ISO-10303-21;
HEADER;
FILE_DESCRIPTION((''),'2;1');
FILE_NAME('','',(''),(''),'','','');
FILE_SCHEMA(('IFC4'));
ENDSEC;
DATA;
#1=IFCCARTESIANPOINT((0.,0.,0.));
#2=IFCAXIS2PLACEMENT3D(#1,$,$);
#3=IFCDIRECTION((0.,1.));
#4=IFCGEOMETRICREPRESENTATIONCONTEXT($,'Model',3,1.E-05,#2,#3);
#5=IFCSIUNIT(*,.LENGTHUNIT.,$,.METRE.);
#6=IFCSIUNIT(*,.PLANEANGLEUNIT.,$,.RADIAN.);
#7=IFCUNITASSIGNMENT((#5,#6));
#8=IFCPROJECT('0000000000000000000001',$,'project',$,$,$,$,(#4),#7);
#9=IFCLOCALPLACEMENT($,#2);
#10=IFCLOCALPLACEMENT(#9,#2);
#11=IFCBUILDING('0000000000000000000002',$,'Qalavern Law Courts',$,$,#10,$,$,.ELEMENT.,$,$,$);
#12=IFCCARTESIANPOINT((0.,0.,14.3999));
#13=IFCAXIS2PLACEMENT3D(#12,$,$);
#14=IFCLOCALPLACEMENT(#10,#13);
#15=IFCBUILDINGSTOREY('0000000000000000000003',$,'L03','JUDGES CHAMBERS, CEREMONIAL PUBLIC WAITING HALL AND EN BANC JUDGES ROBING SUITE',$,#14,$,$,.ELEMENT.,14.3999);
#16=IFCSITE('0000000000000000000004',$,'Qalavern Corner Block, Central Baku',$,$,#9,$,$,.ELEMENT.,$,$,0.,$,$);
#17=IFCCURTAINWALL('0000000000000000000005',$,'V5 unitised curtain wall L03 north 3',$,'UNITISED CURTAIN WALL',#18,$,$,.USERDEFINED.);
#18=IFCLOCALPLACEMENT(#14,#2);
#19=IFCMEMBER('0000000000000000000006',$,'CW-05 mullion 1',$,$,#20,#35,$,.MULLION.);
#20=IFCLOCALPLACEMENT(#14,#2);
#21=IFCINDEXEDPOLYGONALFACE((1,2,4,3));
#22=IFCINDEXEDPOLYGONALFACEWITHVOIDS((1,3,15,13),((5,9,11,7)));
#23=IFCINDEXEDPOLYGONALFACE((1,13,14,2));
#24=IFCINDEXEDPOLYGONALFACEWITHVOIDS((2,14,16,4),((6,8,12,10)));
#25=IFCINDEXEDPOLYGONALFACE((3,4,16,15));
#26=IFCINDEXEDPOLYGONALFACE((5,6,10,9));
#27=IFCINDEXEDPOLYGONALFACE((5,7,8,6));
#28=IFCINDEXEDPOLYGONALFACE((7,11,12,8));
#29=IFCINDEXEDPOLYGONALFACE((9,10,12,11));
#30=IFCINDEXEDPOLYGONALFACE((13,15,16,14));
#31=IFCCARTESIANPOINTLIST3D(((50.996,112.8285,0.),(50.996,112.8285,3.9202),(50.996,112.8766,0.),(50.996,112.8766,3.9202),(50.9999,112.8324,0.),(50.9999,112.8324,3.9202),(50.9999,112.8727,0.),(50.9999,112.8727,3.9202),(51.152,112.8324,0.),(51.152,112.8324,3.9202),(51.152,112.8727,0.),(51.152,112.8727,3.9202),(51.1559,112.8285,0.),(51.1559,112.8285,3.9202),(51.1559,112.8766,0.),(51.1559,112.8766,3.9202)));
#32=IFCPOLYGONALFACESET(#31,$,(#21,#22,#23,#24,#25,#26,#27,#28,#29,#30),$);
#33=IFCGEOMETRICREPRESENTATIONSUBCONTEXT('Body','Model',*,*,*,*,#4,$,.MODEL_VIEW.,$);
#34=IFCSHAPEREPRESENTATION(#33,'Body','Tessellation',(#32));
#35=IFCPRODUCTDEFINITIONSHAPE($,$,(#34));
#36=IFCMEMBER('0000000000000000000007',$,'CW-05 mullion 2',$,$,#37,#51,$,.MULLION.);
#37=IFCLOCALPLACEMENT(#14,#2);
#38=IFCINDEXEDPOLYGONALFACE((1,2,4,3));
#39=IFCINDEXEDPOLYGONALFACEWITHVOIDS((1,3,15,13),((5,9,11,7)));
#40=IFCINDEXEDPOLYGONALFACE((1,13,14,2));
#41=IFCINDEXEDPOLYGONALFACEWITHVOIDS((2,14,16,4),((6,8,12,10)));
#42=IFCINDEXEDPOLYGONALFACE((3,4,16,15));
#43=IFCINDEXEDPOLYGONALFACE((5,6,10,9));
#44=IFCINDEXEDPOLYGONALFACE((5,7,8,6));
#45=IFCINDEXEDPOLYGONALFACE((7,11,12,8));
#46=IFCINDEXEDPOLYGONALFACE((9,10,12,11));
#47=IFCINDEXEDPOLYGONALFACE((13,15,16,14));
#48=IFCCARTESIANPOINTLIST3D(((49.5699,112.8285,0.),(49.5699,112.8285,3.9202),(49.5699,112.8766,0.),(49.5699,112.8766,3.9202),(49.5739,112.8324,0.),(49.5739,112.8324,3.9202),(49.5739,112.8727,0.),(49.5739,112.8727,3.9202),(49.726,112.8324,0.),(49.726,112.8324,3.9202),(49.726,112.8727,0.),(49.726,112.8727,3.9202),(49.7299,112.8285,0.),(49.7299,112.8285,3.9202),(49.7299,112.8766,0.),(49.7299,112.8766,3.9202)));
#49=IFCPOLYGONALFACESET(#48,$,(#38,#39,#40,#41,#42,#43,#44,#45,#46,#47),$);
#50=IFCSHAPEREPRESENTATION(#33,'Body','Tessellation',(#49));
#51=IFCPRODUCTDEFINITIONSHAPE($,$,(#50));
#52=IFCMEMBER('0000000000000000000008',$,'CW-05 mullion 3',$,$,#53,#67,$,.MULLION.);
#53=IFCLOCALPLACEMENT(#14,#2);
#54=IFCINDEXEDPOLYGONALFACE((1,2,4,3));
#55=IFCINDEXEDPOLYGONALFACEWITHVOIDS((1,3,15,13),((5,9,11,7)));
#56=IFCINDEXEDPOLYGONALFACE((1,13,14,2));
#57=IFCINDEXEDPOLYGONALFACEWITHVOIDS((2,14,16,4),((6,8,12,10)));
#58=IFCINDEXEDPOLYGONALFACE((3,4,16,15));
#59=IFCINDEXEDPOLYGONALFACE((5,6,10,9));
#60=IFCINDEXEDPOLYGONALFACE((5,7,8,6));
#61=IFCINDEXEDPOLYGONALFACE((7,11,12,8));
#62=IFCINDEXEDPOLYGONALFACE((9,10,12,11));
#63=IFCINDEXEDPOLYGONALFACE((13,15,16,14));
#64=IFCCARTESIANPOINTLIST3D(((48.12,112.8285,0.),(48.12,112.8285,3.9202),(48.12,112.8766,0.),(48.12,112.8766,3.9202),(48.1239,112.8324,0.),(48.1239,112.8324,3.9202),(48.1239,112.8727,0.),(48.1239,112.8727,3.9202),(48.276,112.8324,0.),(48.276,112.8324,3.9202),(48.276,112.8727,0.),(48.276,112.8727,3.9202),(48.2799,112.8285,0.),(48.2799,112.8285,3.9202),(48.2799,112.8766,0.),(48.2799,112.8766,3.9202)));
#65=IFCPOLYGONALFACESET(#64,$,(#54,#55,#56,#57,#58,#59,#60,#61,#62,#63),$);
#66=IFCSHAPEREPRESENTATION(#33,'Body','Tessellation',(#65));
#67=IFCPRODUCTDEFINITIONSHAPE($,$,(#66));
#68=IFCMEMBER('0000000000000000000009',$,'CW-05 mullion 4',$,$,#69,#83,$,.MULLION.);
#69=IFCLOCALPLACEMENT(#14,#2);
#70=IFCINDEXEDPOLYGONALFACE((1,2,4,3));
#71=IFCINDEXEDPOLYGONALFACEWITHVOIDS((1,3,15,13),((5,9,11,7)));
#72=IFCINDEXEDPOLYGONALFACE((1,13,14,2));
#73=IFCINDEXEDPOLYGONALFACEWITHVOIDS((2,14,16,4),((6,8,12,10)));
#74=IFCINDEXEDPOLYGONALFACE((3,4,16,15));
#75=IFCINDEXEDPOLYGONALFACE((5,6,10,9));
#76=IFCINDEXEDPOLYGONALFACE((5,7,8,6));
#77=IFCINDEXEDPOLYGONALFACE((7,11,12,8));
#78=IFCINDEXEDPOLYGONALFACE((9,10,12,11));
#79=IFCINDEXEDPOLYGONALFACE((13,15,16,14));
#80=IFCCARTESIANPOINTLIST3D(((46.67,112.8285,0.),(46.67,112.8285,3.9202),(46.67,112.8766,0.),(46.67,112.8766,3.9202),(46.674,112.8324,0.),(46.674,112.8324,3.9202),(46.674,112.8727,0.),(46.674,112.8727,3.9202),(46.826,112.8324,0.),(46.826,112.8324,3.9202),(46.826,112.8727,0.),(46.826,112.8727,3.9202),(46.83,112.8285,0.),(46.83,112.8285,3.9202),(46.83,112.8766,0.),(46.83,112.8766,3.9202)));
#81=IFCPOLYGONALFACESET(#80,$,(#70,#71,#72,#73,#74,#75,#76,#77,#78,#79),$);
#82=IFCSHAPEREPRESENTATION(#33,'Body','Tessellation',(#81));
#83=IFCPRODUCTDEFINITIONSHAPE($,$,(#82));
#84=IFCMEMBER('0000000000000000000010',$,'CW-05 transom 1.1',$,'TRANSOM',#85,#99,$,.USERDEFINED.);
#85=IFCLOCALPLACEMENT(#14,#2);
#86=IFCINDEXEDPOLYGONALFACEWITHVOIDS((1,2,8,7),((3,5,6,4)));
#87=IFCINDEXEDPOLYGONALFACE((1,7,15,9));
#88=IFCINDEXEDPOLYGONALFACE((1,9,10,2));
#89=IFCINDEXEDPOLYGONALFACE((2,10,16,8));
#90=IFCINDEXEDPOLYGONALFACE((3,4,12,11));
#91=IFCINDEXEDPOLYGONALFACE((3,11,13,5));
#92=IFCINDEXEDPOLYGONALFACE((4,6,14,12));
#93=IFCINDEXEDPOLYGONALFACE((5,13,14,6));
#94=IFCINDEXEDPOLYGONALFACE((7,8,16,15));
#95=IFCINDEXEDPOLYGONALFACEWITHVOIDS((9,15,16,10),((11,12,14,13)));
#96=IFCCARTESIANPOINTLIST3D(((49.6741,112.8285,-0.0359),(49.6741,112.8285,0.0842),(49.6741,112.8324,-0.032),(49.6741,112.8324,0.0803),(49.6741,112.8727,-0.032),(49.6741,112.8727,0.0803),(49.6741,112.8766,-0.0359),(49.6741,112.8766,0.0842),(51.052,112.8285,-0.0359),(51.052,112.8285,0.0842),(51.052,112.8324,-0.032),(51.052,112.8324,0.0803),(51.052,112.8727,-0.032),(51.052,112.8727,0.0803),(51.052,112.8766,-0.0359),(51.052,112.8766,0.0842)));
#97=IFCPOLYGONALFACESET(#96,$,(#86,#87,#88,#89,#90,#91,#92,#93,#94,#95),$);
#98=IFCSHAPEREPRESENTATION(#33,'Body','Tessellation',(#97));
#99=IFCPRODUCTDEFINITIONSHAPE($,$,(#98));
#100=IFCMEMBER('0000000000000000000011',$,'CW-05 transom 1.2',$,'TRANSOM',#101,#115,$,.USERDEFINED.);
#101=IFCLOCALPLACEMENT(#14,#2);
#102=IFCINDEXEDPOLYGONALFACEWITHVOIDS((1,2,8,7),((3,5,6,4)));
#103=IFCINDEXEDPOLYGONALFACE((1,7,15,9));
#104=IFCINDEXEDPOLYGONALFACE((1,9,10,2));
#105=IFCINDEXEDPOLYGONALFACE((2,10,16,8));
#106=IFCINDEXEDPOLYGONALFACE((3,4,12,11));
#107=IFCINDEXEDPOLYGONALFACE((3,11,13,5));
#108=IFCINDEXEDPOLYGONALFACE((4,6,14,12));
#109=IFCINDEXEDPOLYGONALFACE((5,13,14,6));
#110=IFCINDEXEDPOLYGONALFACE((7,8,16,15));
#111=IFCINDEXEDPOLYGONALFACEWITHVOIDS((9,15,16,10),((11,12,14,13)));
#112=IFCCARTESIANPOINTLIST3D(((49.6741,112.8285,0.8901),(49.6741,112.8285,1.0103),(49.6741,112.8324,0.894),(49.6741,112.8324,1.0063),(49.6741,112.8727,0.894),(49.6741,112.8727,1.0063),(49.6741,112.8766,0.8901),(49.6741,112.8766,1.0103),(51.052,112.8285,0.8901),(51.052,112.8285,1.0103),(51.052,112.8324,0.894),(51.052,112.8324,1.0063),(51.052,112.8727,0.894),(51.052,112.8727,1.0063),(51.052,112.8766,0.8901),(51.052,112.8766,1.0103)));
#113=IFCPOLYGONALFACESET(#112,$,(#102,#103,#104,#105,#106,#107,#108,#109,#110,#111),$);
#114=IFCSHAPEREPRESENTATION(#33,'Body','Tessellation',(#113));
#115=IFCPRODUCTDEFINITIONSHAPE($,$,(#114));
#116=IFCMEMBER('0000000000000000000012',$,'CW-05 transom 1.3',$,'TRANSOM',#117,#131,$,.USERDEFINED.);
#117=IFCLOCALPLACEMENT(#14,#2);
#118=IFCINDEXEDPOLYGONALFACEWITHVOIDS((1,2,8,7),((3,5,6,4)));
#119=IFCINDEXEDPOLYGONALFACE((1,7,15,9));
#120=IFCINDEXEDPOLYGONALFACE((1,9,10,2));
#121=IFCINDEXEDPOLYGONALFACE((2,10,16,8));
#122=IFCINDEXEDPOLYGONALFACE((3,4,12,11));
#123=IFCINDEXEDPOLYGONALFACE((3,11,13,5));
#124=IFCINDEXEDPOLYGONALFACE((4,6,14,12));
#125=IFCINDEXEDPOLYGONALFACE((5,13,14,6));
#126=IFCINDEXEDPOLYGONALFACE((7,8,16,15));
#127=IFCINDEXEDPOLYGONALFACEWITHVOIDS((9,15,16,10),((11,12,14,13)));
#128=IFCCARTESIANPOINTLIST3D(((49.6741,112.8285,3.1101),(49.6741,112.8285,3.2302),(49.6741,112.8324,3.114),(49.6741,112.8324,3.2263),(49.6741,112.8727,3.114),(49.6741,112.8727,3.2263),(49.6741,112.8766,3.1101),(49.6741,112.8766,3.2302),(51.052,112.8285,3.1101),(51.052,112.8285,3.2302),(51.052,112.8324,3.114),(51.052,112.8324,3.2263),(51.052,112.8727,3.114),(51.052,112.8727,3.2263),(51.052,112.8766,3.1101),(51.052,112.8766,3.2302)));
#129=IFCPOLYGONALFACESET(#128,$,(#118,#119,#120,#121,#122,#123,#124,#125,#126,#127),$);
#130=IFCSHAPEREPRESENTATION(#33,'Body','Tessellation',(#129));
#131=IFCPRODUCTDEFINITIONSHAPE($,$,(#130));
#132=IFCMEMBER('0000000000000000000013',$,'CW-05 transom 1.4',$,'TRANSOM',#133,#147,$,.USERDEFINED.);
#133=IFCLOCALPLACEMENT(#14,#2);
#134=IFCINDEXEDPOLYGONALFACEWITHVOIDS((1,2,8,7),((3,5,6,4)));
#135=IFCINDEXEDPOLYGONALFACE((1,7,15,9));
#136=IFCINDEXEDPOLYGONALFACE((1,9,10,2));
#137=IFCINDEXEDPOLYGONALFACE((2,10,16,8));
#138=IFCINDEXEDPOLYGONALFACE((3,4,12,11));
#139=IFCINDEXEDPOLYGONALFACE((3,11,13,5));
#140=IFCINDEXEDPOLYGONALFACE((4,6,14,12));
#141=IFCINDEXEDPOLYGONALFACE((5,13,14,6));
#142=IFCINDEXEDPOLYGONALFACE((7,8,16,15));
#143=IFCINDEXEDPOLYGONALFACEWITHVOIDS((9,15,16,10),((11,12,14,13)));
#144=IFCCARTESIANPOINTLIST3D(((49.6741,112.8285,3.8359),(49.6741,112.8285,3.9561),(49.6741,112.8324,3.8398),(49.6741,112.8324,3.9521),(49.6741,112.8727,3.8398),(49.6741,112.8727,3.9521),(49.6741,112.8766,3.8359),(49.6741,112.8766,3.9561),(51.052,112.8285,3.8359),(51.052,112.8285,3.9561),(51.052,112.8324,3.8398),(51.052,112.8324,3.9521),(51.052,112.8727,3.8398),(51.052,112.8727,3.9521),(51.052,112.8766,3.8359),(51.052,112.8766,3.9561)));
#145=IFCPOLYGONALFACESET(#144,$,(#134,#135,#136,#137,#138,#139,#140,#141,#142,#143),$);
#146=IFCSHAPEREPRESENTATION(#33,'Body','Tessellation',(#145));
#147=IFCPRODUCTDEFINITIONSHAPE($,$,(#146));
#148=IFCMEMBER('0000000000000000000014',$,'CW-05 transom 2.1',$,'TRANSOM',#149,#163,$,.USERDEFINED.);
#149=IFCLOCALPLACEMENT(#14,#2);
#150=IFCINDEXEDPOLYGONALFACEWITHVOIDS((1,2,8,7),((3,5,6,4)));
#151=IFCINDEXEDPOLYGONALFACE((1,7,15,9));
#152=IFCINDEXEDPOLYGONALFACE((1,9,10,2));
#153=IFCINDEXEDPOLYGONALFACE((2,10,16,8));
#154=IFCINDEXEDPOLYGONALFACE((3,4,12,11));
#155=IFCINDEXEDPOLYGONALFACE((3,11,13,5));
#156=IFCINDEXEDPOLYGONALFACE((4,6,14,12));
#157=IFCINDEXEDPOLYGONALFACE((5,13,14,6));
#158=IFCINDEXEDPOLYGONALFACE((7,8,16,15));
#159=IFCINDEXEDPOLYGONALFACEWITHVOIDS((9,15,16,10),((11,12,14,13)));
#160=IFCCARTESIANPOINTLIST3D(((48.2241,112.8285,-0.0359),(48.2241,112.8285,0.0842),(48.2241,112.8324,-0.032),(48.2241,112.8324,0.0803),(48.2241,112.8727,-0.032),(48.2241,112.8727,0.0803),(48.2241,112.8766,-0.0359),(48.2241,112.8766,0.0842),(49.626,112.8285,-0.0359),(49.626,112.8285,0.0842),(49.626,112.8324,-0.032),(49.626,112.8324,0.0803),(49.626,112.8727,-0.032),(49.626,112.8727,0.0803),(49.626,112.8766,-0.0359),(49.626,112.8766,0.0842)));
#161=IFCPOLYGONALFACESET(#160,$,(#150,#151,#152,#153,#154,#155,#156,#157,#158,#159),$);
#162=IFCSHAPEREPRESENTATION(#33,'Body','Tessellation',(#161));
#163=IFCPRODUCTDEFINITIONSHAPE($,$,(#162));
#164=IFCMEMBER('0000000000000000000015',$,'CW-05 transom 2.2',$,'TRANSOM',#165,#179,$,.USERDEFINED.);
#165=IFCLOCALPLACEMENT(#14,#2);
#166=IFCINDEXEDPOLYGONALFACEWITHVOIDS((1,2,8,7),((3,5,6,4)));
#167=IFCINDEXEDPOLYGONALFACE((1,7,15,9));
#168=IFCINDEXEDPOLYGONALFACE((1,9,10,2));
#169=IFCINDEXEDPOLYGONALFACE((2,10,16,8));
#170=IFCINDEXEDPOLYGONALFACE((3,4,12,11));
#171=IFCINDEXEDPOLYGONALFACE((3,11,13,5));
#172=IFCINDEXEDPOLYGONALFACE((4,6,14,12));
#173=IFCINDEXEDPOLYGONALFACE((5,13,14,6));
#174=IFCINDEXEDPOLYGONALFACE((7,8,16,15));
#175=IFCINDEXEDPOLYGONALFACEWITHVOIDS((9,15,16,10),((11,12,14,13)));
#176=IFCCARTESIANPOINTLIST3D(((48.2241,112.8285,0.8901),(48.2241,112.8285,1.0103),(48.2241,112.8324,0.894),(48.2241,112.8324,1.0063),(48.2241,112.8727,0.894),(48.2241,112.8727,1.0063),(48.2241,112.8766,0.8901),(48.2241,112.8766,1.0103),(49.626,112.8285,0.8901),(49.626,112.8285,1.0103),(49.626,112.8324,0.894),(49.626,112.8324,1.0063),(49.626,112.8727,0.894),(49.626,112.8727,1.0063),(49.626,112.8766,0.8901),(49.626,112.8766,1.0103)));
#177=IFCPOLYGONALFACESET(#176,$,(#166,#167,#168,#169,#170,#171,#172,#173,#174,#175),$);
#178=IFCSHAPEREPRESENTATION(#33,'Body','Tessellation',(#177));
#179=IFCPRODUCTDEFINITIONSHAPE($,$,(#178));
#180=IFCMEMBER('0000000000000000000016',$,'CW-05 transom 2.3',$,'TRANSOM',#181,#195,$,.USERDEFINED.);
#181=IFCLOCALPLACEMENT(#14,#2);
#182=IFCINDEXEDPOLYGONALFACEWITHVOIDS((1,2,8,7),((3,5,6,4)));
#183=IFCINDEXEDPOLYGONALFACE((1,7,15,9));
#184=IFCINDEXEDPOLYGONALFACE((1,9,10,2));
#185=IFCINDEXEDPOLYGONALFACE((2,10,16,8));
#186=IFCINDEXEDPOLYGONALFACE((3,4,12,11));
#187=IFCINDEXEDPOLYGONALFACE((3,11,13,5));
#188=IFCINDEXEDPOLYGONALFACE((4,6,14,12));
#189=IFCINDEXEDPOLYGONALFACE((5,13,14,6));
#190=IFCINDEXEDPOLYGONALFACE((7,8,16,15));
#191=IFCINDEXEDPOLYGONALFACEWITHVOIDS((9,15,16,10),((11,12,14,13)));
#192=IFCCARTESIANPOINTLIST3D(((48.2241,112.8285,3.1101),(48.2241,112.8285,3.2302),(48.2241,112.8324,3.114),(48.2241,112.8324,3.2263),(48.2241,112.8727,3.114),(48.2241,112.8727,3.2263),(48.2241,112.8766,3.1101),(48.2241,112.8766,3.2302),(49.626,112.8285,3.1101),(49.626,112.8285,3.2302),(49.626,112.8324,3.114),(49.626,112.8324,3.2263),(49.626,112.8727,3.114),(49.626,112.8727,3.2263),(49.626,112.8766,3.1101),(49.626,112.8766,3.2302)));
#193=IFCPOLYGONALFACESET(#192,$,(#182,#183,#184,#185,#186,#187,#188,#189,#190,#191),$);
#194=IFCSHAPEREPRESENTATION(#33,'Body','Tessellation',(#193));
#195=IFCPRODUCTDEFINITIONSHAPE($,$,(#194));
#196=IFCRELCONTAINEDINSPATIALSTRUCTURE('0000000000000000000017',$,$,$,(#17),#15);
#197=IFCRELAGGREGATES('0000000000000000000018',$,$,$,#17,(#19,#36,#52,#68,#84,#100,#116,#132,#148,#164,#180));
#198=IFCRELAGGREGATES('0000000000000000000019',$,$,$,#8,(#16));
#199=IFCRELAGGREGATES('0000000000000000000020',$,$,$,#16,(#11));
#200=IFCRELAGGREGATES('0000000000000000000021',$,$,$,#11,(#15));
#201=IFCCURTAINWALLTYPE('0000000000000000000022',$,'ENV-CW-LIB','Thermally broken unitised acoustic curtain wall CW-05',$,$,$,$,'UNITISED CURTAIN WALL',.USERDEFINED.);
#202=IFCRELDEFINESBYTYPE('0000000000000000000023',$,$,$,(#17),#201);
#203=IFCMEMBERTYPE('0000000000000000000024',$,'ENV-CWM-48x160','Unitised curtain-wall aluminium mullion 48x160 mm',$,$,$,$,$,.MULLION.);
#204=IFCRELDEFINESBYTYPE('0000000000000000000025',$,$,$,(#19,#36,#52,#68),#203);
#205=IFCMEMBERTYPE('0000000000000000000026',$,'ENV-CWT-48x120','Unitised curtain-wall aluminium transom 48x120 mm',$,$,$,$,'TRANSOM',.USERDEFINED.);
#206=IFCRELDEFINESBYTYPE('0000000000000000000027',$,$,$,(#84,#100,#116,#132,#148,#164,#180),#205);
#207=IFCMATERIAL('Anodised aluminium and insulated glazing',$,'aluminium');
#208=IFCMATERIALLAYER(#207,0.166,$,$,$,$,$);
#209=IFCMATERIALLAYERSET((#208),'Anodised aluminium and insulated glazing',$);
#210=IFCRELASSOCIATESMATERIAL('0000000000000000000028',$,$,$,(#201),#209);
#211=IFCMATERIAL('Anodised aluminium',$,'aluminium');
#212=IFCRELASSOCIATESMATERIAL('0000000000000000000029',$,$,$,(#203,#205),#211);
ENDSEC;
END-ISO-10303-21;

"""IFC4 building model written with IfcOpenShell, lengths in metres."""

from ifc_helpers import new_model, si_unit, direction, frame, origin, origin_2d, place, context, subcontext, project, spatial, hollow_rectangle, extrude, material, layer, layer_set, material_profile, profile_set, type_object, element, aggregate, save


model = new_model("IFC4")

# Units and contexts
model_context = context("Model", 3, precision=1e-05, world=origin(), true_north=direction((0.0, 1.0)))
body_context = subcontext(model_context, "Body", "Model", "MODEL_VIEW")
ifc_project = project(units=[si_unit("LENGTHUNIT", "METRE"), si_unit("PLANEANGLEUNIT", "RADIAN")], contexts=[model_context])

# Site, building, storey
site_placement = place(None, origin())
site = spatial("IfcSite", under=ifc_project, at=site_placement, Name="Qalavern Corner Block, Central Baku", CompositionType="ELEMENT", RefElevation=0.0)
building_placement = place(site_placement, origin())
building = spatial("IfcBuilding", under=site, at=building_placement, Name="Qalavern Law Courts", CompositionType="ELEMENT")
storey_placement = place(building_placement, frame((0.0, 0.0, 14.3999)))
storey = spatial("IfcBuildingStorey", under=building, at=storey_placement, Name="L03", Description="JUDGES CHAMBERS, CEREMONIAL PUBLIC WAITING HALL AND EN BANC JUDGES ROBING SUITE", CompositionType="ELEMENT", Elevation=14.3999)

# Curtain wall, members
ifc_material_1 = material(Name="Anodised aluminium and insulated glazing", Category="aluminium")
ifc_layer_1 = layer(ifc_material_1, 0.166)
ifc_layer_set_1 = layer_set([ifc_layer_1], Name="Anodised aluminium and insulated glazing")
curtain_wall_type = type_object("IfcCurtainWallType", Name="ENV-CW-LIB", Description="Thermally broken unitised acoustic curtain wall CW-05", ElementType="UNITISED CURTAIN WALL", PredefinedType="USERDEFINED", material=ifc_layer_set_1)
curtain_wall_placement = place(storey_placement, origin())
curtain_wall = element("IfcCurtainWall", 1, at=curtain_wall_placement, inside=storey, type_object=curtain_wall_type, Name="V5 unitised curtain wall L03 north 3", ObjectType="UNITISED CURTAIN WALL", PredefinedType="USERDEFINED")
ifc_material_2 = material(Name="Anodised aluminium", Category="aluminium")
ifc_material_profile_1 = material_profile(ifc_material_2, hollow_rectangle(XDim=0.0481, YDim=0.1599, WallThickness=0.0039, at=origin_2d()), Name="ALU MULLION 48x160")
ifc_profile_set_1 = profile_set([ifc_material_profile_1], Name="Anodised aluminium")
member_type_1 = type_object("IfcMemberType", Name="ENV-CWM-48x160", Description="Unitised curtain-wall aluminium mullion 48x160 mm", PredefinedType="MULLION", material=ifc_profile_set_1)
member_1_placement = place(storey_placement, frame((51.0759, 112.8525, 0.0), z_axis=(0.0, 0.0, 1.0), x_axis=(0.0, -1.0, 0.0)))
member_1 = element("IfcMember", 2, at=member_1_placement, type_object=member_type_1, Name="CW-05 mullion 1", PredefinedType="MULLION", context=body_context, shape_type="SweptSolid", body=[
    extrude(hollow_rectangle(XDim=0.0481, YDim=0.1599, WallThickness=0.0039, at=origin_2d()), origin(), (0.0, 0.0, 1.0), 3.9202),
])
member_2_placement = place(storey_placement, frame((49.6499, 112.8525, 0.0), z_axis=(0.0, 0.0, 1.0), x_axis=(0.0, -1.0, 0.0)))
member_2 = element("IfcMember", 3, at=member_2_placement, type_object=member_type_1, Name="CW-05 mullion 2", PredefinedType="MULLION", context=body_context, shape_type="SweptSolid", body=[
    extrude(hollow_rectangle(XDim=0.0481, YDim=0.1599, WallThickness=0.0039, at=origin_2d()), origin(), (0.0, 0.0, 1.0), 3.9202),
])
member_3_placement = place(storey_placement, frame((48.2, 112.8525, 0.0), z_axis=(0.0, 0.0, 1.0), x_axis=(0.0, -1.0, 0.0)))
member_3 = element("IfcMember", 4, at=member_3_placement, type_object=member_type_1, Name="CW-05 mullion 3", PredefinedType="MULLION", context=body_context, shape_type="SweptSolid", body=[
    extrude(hollow_rectangle(XDim=0.0481, YDim=0.1599, WallThickness=0.0039, at=origin_2d()), origin(), (0.0, 0.0, 1.0), 3.9202),
])
member_4_placement = place(storey_placement, frame((46.75, 112.8525, 0.0), z_axis=(0.0, 0.0, 1.0), x_axis=(0.0, -1.0, 0.0)))
member_4 = element("IfcMember", 5, at=member_4_placement, type_object=member_type_1, Name="CW-05 mullion 4", PredefinedType="MULLION", context=body_context, shape_type="SweptSolid", body=[
    extrude(hollow_rectangle(XDim=0.0481, YDim=0.1599, WallThickness=0.0039, at=origin_2d()), origin(), (0.0, 0.0, 1.0), 3.9202),
])
ifc_material_profile_2 = material_profile(ifc_material_2, hollow_rectangle(XDim=0.0481, YDim=0.1201, WallThickness=0.0039, at=origin_2d()), Name="ALU TRANSOM 48x120")
ifc_profile_set_2 = profile_set([ifc_material_profile_2], Name="Anodised aluminium")
member_type_2 = type_object("IfcMemberType", Name="ENV-CWT-48x120", Description="Unitised curtain-wall aluminium transom 48x120 mm", ElementType="TRANSOM", PredefinedType="USERDEFINED", material=ifc_profile_set_2)
member_5_placement = place(storey_placement, frame((51.052, 112.8525, 0.0242), z_axis=(-1.0, 0.0, 0.0), x_axis=(0.0, -1.0, 0.0)))
member_5 = element("IfcMember", 6, at=member_5_placement, type_object=member_type_2, Name="CW-05 transom 1.1", ObjectType="TRANSOM", PredefinedType="USERDEFINED", context=body_context, shape_type="SweptSolid", body=[
    extrude(hollow_rectangle(XDim=0.0481, YDim=0.1201, WallThickness=0.0039, at=origin_2d()), origin(), (0.0, 0.0, 1.0), 1.3779),
])
member_6_placement = place(storey_placement, frame((51.052, 112.8525, 0.9502), z_axis=(-1.0, 0.0, 0.0), x_axis=(0.0, -1.0, 0.0)))
member_6 = element("IfcMember", 7, at=member_6_placement, type_object=member_type_2, Name="CW-05 transom 1.2", ObjectType="TRANSOM", PredefinedType="USERDEFINED", context=body_context, shape_type="SweptSolid", body=[
    extrude(hollow_rectangle(XDim=0.0481, YDim=0.1201, WallThickness=0.0039, at=origin_2d()), origin(), (0.0, 0.0, 1.0), 1.3779),
])
member_7_placement = place(storey_placement, frame((51.052, 112.8525, 3.1702), z_axis=(-1.0, 0.0, 0.0), x_axis=(0.0, -1.0, 0.0)))
member_7 = element("IfcMember", 8, at=member_7_placement, type_object=member_type_2, Name="CW-05 transom 1.3", ObjectType="TRANSOM", PredefinedType="USERDEFINED", context=body_context, shape_type="SweptSolid", body=[
    extrude(hollow_rectangle(XDim=0.0481, YDim=0.1201, WallThickness=0.0039, at=origin_2d()), origin(), (0.0, 0.0, 1.0), 1.3779),
])
member_8_placement = place(storey_placement, frame((51.052, 112.8525, 3.896), z_axis=(-1.0, 0.0, 0.0), x_axis=(0.0, -1.0, 0.0)))
member_8 = element("IfcMember", 9, at=member_8_placement, type_object=member_type_2, Name="CW-05 transom 1.4", ObjectType="TRANSOM", PredefinedType="USERDEFINED", context=body_context, shape_type="SweptSolid", body=[
    extrude(hollow_rectangle(XDim=0.0481, YDim=0.1201, WallThickness=0.0039, at=origin_2d()), origin(), (0.0, 0.0, 1.0), 1.3779),
])
member_9_placement = place(storey_placement, frame((49.626, 112.8525, 0.0242), z_axis=(-1.0, 0.0, 0.0), x_axis=(0.0, -1.0, 0.0)))
member_9 = element("IfcMember", 10, at=member_9_placement, type_object=member_type_2, Name="CW-05 transom 2.1", ObjectType="TRANSOM", PredefinedType="USERDEFINED", context=body_context, shape_type="SweptSolid", body=[
    extrude(hollow_rectangle(XDim=0.0481, YDim=0.1201, WallThickness=0.0039, at=origin_2d()), origin(), (0.0, 0.0, 1.0), 1.4019),
])
member_10_placement = place(storey_placement, frame((49.626, 112.8525, 0.9502), z_axis=(-1.0, 0.0, 0.0), x_axis=(0.0, -1.0, 0.0)))
member_10 = element("IfcMember", 11, at=member_10_placement, type_object=member_type_2, Name="CW-05 transom 2.2", ObjectType="TRANSOM", PredefinedType="USERDEFINED", context=body_context, shape_type="SweptSolid", body=[
    extrude(hollow_rectangle(XDim=0.0481, YDim=0.1201, WallThickness=0.0039, at=origin_2d()), origin(), (0.0, 0.0, 1.0), 1.4019),
])
member_11_placement = place(storey_placement, frame((49.626, 112.8525, 3.1702), z_axis=(-1.0, 0.0, 0.0), x_axis=(0.0, -1.0, 0.0)))
member_11 = element("IfcMember", 12, at=member_11_placement, type_object=member_type_2, Name="CW-05 transom 2.3", ObjectType="TRANSOM", PredefinedType="USERDEFINED", context=body_context, shape_type="SweptSolid", body=[
    extrude(hollow_rectangle(XDim=0.0481, YDim=0.1201, WallThickness=0.0039, at=origin_2d()), origin(), (0.0, 0.0, 1.0), 1.4019),
])
aggregate(curtain_wall, [member_1, member_2, member_3, member_4, member_5, member_6, member_7, member_8, member_9, member_10, member_11])

save(model, "model.ifc")
